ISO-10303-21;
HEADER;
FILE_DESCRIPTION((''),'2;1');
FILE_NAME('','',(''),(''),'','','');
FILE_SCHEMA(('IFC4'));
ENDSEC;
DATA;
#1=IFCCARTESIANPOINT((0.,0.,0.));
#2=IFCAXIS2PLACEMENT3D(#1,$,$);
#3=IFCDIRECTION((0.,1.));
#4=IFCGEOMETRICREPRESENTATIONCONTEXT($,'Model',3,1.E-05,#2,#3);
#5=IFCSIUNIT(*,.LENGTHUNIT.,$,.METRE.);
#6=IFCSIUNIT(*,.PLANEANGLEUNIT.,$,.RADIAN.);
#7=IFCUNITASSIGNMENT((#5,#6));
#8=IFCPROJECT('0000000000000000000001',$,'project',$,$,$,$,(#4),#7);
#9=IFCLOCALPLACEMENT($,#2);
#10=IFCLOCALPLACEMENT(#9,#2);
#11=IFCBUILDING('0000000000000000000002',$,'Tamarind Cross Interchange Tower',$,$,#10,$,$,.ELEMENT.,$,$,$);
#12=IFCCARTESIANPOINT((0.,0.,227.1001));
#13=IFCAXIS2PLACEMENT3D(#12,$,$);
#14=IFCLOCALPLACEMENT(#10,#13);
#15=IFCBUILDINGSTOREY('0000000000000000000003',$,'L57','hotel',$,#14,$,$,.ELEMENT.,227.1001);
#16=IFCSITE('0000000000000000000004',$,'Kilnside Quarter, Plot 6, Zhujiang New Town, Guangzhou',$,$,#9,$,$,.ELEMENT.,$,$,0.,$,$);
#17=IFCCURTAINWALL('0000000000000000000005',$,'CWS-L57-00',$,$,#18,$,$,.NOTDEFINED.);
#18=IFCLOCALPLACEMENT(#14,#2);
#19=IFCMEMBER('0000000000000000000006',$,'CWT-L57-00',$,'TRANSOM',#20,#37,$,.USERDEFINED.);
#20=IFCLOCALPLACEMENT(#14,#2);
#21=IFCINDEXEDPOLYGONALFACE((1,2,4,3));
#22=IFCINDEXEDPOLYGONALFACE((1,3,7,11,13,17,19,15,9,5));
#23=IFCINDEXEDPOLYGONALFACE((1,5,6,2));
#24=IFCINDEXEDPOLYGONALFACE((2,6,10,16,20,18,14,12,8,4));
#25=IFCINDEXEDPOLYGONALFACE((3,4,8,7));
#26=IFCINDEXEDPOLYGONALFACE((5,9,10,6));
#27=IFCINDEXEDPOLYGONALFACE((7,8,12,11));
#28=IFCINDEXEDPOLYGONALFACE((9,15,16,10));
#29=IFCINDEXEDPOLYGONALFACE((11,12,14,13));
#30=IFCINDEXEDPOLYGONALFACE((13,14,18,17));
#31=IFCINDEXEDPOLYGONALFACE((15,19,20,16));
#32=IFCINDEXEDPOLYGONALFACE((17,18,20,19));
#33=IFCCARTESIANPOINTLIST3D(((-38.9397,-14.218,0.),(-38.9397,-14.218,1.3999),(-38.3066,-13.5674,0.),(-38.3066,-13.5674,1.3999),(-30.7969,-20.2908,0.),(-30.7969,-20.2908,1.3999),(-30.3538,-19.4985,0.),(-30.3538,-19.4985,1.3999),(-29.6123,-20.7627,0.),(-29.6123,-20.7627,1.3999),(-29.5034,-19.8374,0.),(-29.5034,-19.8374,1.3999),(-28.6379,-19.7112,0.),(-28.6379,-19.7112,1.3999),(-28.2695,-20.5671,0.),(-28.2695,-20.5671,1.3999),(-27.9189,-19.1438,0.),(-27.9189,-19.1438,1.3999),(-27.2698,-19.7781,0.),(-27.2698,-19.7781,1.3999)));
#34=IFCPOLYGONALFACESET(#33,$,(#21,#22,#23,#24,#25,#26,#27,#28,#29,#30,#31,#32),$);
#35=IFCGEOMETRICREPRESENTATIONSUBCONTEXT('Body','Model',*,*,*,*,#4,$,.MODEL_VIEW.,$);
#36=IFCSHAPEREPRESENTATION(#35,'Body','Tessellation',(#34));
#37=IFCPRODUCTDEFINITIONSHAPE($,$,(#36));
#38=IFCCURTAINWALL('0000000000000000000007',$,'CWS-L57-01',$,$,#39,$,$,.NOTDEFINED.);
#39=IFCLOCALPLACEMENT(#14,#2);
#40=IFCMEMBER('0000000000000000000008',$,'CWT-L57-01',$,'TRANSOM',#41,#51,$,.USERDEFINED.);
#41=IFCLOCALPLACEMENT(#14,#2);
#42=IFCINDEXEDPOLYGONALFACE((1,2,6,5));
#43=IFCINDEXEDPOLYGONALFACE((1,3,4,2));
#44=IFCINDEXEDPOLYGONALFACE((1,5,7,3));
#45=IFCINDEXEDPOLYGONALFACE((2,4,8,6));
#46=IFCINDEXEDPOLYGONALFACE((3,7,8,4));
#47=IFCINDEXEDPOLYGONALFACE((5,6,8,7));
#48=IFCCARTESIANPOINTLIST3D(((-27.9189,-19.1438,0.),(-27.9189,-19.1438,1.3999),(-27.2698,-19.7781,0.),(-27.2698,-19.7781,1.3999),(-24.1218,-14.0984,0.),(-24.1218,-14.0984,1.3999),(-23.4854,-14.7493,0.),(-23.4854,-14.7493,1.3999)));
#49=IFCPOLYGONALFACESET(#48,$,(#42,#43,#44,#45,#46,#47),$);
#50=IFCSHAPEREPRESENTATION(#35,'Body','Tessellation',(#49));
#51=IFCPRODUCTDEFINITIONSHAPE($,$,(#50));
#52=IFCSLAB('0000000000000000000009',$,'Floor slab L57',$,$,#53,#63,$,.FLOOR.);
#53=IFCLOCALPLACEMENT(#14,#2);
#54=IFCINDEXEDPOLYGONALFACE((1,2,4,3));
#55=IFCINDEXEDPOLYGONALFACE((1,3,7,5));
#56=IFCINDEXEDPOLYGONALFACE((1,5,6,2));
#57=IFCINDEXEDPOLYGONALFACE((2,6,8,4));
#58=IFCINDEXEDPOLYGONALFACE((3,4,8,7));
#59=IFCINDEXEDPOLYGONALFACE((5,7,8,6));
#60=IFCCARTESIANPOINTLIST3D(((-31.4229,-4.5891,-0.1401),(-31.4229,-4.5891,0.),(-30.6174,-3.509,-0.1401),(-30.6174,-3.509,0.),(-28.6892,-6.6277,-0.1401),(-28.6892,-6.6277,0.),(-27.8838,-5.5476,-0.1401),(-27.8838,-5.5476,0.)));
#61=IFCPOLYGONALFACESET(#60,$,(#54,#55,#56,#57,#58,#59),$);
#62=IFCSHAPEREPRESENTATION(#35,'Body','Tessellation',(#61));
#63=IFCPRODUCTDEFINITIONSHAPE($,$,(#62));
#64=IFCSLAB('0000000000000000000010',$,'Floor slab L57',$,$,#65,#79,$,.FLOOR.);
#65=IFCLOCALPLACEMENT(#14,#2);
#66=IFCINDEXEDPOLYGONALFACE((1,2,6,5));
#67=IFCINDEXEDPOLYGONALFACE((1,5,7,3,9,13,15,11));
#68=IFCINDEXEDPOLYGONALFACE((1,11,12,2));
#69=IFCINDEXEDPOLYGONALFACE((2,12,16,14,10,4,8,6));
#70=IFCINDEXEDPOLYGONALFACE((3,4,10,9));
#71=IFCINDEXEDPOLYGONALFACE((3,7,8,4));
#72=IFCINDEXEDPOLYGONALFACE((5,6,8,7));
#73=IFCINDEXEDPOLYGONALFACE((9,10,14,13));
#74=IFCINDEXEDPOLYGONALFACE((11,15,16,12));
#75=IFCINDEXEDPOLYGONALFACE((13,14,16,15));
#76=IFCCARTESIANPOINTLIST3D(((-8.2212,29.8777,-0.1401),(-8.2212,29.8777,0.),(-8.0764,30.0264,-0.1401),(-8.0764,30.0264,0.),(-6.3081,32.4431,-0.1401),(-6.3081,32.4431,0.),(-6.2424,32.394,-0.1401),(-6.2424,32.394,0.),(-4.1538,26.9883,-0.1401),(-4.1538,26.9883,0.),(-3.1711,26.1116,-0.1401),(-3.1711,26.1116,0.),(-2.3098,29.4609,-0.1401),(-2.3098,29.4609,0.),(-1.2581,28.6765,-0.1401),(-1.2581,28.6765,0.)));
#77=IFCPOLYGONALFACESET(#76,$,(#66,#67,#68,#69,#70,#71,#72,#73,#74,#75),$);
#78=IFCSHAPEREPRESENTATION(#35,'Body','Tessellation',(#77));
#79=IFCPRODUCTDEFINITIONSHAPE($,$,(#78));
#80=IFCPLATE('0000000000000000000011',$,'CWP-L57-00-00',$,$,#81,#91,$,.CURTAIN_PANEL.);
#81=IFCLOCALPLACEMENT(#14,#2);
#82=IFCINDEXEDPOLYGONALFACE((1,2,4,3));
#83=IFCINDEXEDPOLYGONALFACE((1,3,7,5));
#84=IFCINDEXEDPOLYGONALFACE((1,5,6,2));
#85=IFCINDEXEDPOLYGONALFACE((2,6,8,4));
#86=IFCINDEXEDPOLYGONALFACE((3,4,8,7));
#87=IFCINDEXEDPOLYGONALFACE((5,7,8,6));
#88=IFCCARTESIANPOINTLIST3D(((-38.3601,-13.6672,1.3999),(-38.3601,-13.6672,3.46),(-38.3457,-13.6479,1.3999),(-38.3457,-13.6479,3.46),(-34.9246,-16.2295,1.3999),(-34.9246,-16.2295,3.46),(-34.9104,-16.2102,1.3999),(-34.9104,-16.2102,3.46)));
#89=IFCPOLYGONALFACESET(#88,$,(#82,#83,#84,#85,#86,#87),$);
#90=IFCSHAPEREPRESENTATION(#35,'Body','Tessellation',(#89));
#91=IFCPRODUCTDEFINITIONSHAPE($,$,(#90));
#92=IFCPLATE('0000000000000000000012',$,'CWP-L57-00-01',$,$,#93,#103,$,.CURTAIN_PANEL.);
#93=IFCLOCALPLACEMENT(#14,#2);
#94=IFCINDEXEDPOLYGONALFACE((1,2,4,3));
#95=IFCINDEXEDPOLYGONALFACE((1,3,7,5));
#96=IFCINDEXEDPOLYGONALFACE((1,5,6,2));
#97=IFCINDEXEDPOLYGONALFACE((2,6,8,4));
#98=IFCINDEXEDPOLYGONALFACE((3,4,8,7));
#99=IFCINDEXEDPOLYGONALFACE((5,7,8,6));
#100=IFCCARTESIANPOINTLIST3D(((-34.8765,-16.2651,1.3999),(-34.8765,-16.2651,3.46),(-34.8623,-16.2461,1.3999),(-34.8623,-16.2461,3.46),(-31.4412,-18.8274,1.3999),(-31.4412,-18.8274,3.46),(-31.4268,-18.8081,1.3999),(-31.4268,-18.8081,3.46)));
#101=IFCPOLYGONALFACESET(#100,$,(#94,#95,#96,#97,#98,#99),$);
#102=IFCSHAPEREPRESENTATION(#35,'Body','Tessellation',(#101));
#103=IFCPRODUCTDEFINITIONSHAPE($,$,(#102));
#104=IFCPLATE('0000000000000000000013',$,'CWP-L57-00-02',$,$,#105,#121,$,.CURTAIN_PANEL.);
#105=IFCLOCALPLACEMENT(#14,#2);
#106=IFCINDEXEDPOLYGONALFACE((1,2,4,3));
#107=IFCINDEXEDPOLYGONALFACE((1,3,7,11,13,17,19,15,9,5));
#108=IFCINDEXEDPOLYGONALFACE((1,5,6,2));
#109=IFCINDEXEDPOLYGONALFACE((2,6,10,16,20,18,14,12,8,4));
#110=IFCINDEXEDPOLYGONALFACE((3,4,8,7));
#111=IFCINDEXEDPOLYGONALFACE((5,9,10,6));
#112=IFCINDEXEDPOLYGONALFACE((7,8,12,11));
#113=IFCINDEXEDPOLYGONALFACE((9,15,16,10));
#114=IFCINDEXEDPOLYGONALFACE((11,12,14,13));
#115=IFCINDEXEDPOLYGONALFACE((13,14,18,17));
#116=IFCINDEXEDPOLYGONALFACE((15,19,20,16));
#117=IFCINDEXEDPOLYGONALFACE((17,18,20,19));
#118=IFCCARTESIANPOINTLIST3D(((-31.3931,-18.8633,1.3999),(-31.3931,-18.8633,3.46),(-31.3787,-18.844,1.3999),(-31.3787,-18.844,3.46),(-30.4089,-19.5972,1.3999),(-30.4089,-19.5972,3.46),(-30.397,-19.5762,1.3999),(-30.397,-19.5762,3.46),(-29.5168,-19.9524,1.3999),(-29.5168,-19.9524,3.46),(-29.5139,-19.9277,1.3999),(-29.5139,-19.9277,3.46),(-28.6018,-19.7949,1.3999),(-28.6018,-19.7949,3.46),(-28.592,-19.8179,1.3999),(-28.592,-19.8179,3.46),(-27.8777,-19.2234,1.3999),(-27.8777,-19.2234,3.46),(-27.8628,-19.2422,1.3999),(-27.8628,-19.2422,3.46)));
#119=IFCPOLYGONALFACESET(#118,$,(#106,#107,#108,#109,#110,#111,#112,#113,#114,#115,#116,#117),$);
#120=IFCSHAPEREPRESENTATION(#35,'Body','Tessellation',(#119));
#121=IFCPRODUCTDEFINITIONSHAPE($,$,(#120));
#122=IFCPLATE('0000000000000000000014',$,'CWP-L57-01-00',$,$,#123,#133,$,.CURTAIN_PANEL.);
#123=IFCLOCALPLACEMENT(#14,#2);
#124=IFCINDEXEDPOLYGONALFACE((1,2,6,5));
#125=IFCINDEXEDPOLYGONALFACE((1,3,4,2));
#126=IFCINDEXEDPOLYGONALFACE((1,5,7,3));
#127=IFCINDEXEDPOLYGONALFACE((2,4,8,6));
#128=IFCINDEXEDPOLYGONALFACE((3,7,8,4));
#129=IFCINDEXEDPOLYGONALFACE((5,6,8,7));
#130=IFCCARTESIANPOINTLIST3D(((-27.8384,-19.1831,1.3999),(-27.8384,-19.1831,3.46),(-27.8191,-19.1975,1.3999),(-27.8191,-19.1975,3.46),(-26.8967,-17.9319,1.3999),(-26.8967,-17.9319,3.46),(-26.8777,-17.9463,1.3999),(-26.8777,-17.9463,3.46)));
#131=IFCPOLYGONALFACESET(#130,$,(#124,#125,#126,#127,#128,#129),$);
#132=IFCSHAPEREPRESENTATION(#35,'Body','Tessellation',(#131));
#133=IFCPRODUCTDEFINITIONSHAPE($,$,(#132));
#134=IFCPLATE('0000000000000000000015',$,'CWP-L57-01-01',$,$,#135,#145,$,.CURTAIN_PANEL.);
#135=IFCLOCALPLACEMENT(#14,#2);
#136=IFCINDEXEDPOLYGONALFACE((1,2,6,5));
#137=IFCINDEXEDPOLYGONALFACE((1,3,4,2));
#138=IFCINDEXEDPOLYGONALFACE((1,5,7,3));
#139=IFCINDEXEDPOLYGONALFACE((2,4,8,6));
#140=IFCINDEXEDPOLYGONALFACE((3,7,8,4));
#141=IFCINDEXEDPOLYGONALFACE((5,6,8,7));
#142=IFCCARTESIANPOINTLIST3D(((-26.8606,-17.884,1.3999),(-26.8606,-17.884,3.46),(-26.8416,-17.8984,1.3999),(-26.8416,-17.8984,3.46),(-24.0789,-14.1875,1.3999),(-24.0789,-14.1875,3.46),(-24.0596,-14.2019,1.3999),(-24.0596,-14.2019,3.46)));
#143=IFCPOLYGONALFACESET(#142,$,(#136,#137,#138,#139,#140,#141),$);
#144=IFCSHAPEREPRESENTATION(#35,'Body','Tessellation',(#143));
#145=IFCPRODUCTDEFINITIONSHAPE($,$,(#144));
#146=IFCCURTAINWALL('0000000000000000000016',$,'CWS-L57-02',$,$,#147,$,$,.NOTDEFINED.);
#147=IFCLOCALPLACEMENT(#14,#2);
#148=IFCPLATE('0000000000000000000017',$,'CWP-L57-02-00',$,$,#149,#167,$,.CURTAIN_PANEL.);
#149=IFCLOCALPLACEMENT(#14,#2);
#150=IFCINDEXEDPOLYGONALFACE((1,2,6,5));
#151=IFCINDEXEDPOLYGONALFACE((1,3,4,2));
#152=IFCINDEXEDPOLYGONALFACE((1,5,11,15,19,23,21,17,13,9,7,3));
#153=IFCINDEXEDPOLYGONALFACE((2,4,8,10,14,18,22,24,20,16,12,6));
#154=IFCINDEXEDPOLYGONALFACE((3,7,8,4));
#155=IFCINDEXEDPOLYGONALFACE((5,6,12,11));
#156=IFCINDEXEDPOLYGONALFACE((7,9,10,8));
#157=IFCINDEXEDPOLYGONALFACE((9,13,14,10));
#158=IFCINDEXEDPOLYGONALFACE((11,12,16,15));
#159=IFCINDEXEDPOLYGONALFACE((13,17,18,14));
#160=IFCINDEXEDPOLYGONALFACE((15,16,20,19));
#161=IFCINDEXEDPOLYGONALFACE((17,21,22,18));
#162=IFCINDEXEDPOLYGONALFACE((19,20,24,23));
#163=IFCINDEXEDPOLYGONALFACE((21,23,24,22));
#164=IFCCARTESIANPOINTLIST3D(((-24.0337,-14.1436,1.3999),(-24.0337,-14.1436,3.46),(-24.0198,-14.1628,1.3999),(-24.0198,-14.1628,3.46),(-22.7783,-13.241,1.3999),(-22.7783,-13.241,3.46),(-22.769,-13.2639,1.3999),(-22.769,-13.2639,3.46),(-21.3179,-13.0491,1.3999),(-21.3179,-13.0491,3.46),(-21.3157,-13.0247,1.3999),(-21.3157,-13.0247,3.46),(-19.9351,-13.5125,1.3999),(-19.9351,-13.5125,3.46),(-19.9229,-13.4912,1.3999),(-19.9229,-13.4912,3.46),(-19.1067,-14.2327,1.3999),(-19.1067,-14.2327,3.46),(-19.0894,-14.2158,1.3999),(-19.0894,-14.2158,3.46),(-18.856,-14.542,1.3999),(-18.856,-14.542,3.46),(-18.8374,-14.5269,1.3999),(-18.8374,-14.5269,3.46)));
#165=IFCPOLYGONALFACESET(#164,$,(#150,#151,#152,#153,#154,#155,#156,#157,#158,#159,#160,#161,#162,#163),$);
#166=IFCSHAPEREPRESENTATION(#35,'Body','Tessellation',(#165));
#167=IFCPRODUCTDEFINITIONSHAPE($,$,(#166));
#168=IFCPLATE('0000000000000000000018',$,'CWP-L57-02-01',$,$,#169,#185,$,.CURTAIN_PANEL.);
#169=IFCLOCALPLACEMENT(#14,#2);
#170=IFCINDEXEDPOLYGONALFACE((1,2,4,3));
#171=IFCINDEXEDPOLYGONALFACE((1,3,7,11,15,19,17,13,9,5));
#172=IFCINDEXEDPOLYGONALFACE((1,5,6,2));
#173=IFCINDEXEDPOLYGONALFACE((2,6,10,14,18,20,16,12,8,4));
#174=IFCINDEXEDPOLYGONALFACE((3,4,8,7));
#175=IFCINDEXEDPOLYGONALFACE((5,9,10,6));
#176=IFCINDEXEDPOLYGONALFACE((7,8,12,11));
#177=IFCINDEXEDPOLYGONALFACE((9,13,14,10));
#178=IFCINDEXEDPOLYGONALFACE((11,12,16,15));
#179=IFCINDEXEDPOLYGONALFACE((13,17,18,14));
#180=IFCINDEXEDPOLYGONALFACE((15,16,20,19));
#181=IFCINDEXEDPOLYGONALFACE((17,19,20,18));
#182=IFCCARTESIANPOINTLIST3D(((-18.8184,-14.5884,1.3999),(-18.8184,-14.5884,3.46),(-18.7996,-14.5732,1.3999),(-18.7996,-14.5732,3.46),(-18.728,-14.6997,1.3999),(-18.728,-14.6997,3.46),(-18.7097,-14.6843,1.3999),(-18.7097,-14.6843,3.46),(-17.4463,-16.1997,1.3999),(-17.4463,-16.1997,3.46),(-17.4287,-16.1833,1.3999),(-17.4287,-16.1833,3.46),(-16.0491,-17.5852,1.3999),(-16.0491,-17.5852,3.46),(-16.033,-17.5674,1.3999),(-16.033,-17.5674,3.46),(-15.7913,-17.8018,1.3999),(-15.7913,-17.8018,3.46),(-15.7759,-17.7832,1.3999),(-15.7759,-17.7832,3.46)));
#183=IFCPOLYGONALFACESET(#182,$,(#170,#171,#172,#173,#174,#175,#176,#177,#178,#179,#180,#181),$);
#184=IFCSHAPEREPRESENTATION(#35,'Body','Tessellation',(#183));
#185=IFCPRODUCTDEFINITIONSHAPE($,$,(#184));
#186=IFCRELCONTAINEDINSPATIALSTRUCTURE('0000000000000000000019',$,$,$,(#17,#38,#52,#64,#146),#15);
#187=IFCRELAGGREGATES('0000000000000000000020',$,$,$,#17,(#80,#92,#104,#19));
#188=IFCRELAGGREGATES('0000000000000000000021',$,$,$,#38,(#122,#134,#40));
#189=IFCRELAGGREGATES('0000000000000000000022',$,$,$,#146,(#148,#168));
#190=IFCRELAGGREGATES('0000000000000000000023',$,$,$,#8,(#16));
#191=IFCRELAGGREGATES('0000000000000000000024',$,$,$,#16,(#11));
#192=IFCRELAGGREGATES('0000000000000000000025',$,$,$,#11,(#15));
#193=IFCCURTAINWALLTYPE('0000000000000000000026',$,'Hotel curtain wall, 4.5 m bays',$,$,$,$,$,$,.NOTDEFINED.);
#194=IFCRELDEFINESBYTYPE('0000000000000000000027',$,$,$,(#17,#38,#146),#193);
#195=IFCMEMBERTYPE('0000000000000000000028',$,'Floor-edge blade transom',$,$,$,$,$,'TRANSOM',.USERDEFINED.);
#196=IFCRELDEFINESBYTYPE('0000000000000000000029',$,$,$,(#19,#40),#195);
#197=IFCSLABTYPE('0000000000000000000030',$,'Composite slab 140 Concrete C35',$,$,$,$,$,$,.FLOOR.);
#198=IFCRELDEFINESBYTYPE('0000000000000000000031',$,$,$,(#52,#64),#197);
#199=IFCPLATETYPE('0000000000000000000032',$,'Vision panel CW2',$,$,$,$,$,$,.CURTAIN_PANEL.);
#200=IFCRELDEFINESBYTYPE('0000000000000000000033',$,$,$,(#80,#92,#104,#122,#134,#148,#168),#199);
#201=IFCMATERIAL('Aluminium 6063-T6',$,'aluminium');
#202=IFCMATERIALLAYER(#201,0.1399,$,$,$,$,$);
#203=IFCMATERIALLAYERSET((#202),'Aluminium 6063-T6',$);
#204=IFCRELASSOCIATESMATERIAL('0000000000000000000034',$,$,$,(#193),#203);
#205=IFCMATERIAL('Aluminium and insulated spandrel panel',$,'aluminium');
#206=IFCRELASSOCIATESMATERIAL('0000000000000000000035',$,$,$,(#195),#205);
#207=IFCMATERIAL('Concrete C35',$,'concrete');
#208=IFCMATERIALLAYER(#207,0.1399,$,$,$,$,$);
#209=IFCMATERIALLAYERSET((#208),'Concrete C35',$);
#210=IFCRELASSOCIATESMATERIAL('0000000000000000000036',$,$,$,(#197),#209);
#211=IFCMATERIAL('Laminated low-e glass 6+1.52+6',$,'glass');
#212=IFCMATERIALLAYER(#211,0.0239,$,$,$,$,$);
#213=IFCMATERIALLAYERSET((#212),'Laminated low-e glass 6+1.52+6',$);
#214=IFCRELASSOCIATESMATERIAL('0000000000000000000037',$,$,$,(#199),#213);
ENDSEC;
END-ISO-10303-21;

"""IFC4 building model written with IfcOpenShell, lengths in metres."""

from ifc_helpers import new_model, si_unit, direction, frame, origin, place, context, subcontext, project, spatial, polyline, outline, extrude, material, layer, layer_set, type_object, element, aggregate, save


model = new_model("IFC4")

# Units and contexts
model_context = context("Model", 3, precision=1e-05, world=origin(), true_north=direction((0.0, 1.0)))
body_context = subcontext(model_context, "Body", "Model", "MODEL_VIEW")
ifc_project = project(units=[si_unit("LENGTHUNIT", "METRE"), si_unit("PLANEANGLEUNIT", "RADIAN")], contexts=[model_context])

# Site, building, storey
site_placement = place(None, origin())
site = spatial("IfcSite", under=ifc_project, at=site_placement, Name="Kilnside Quarter, Plot 6, Zhujiang New Town, Guangzhou", CompositionType="ELEMENT", RefElevation=0.0)
building_placement = place(site_placement, origin())
building = spatial("IfcBuilding", under=site, at=building_placement, Name="Tamarind Cross Interchange Tower", CompositionType="ELEMENT")
storey_placement = place(building_placement, frame((0.0, 0.0, 227.1001)))
storey = spatial("IfcBuildingStorey", under=building, at=storey_placement, Name="L57", Description="hotel", CompositionType="ELEMENT", Elevation=227.1001)

# Curtain walls, members
ifc_material_1 = material(Name="Aluminium 6063-T6", Category="aluminium")
ifc_layer_1 = layer(ifc_material_1, 0.1399)
ifc_layer_set_1 = layer_set([ifc_layer_1], Name="Aluminium 6063-T6")
curtain_wall_type = type_object("IfcCurtainWallType", Name="Hotel curtain wall, 4.5 m bays", PredefinedType="NOTDEFINED", material=ifc_layer_set_1)
curtain_wall_1_placement = place(storey_placement, origin())
curtain_wall_1 = element("IfcCurtainWall", 1, at=curtain_wall_1_placement, inside=storey, type_object=curtain_wall_type, Name="CWS-L57-00", PredefinedType="NOTDEFINED")
ifc_material_2 = material(Name="Aluminium and insulated spandrel panel", Category="aluminium")
member_type = type_object("IfcMemberType", Name="Floor-edge blade transom", ElementType="TRANSOM", PredefinedType="USERDEFINED", material=ifc_material_2)
member_1_placement = place(storey_placement, origin())
member_1 = element("IfcMember", 2, at=member_1_placement, type_object=member_type, Name="CWT-L57-00", ObjectType="TRANSOM", PredefinedType="USERDEFINED", context=body_context, shape_type="SweptSolid", body=[
    extrude(outline(polyline([(-38.3066, -13.5674), (-30.3538, -19.4985), (-29.5034, -19.8374), (-28.6379, -19.7112), (-27.9189, -19.1438), (-27.2698, -19.7781), (-28.2695, -20.5671), (-29.6123, -20.7627), (-30.7969, -20.2908), (-38.9397, -14.218), (-38.3066, -13.5674)])), origin(), (0.0, 0.0, 1.0), 1.3999),
])
curtain_wall_2_placement = place(storey_placement, origin())
curtain_wall_2 = element("IfcCurtainWall", 3, at=curtain_wall_2_placement, inside=storey, type_object=curtain_wall_type, Name="CWS-L57-01", PredefinedType="NOTDEFINED")
member_2_placement = place(storey_placement, origin())
member_2 = element("IfcMember", 4, at=member_2_placement, type_object=member_type, Name="CWT-L57-01", ObjectType="TRANSOM", PredefinedType="USERDEFINED", context=body_context, shape_type="SweptSolid", body=[
    extrude(outline(polyline([(-27.9189, -19.1438), (-24.1218, -14.0984), (-23.4854, -14.7493), (-27.2698, -19.7781), (-27.9189, -19.1438)])), origin(), (0.0, 0.0, 1.0), 1.3999),
])

# Slabs
ifc_material_3 = material(Name="Concrete C35", Category="concrete")
ifc_layer_2 = layer(ifc_material_3, 0.1399)
ifc_layer_set_2 = layer_set([ifc_layer_2], Name="Concrete C35")
slab_type = type_object("IfcSlabType", Name="Composite slab 140 Concrete C35", PredefinedType="FLOOR", material=ifc_layer_set_2)
slab_1_placement = place(storey_placement, frame((0.0, 0.0, -0.1401)))
element("IfcSlab", 5, at=slab_1_placement, inside=storey, type_object=slab_type, Name="Floor slab L57", PredefinedType="FLOOR", context=body_context, shape_type="SweptSolid", body=[
    extrude(outline(polyline([(-27.8838, -5.5476), (-30.6174, -3.509), (-31.4229, -4.5891), (-28.6892, -6.6277), (-27.8838, -5.5476)])), origin(), (0.0, 0.0, 1.0), 0.1401),
])
slab_2_placement = place(storey_placement, frame((0.0, 0.0, -0.1401)))
element("IfcSlab", 6, at=slab_2_placement, inside=storey, type_object=slab_type, Name="Floor slab L57", PredefinedType="FLOOR", context=body_context, shape_type="SweptSolid", body=[
    extrude(outline(polyline([(-6.3081, 32.4431), (-8.2212, 29.8777), (-3.1711, 26.1116), (-1.2581, 28.6765), (-2.3098, 29.4609), (-4.1538, 26.9883), (-8.0764, 30.0264), (-6.2424, 32.394), (-6.3081, 32.4431)])), origin(), (0.0, 0.0, 1.0), 0.1401),
])

# Plates
ifc_material_4 = material(Name="Laminated low-e glass 6+1.52+6", Category="glass")
ifc_layer_3 = layer(ifc_material_4, 0.0239)
ifc_layer_set_3 = layer_set([ifc_layer_3], Name="Laminated low-e glass 6+1.52+6")
plate_type = type_object("IfcPlateType", Name="Vision panel CW2", PredefinedType="CURTAIN_PANEL", material=ifc_layer_set_3)
plate_1_placement = place(storey_placement, frame((0.0, 0.0, 1.3999)))
plate_1 = element("IfcPlate", 7, at=plate_1_placement, type_object=plate_type, Name="CWP-L57-00-00", PredefinedType="CURTAIN_PANEL", context=body_context, shape_type="SweptSolid", body=[
    extrude(outline(polyline([(-38.3457, -13.6479), (-34.9104, -16.2102), (-34.9246, -16.2295), (-38.3601, -13.6672), (-38.3457, -13.6479)])), origin(), (0.0, 0.0, 1.0), 2.0601),
])
plate_2_placement = place(storey_placement, frame((0.0, 0.0, 1.3999)))
plate_2 = element("IfcPlate", 8, at=plate_2_placement, type_object=plate_type, Name="CWP-L57-00-01", PredefinedType="CURTAIN_PANEL", context=body_context, shape_type="SweptSolid", body=[
    extrude(outline(polyline([(-34.8623, -16.2461), (-31.4268, -18.8081), (-31.4412, -18.8274), (-34.8765, -16.2651), (-34.8623, -16.2461)])), origin(), (0.0, 0.0, 1.0), 2.0601),
])
plate_3_placement = place(storey_placement, frame((0.0, 0.0, 1.3999)))
plate_3 = element("IfcPlate", 9, at=plate_3_placement, type_object=plate_type, Name="CWP-L57-00-02", PredefinedType="CURTAIN_PANEL", context=body_context, shape_type="SweptSolid", body=[
    extrude(outline(polyline([(-31.3787, -18.844), (-30.397, -19.5762), (-29.5139, -19.9277), (-28.6018, -19.7949), (-27.8777, -19.2234), (-27.8628, -19.2422), (-28.592, -19.8179), (-29.5168, -19.9524), (-30.4089, -19.5972), (-31.3931, -18.8633), (-31.3787, -18.844)])), origin(), (0.0, 0.0, 1.0), 2.0601),
])
aggregate(curtain_wall_1, [plate_1, plate_2, plate_3, member_1])
plate_4_placement = place(storey_placement, frame((0.0, 0.0, 1.3999)))
plate_4 = element("IfcPlate", 10, at=plate_4_placement, type_object=plate_type, Name="CWP-L57-01-00", PredefinedType="CURTAIN_PANEL", context=body_context, shape_type="SweptSolid", body=[
    extrude(outline(polyline([(-27.8384, -19.1831), (-26.8967, -17.9319), (-26.8777, -17.9463), (-27.8191, -19.1975), (-27.8384, -19.1831)])), origin(), (0.0, 0.0, 1.0), 2.0601),
])
plate_5_placement = place(storey_placement, frame((0.0, 0.0, 1.3999)))
plate_5 = element("IfcPlate", 11, at=plate_5_placement, type_object=plate_type, Name="CWP-L57-01-01", PredefinedType="CURTAIN_PANEL", context=body_context, shape_type="SweptSolid", body=[
    extrude(outline(polyline([(-26.8606, -17.884), (-24.0789, -14.1875), (-24.0596, -14.2019), (-26.8416, -17.8984), (-26.8606, -17.884)])), origin(), (0.0, 0.0, 1.0), 2.0601),
])
aggregate(curtain_wall_2, [plate_4, plate_5, member_2])

# Curtain wall, plates
curtain_wall_3_placement = place(storey_placement, origin())
curtain_wall_3 = element("IfcCurtainWall", 12, at=curtain_wall_3_placement, inside=storey, type_object=curtain_wall_type, Name="CWS-L57-02", PredefinedType="NOTDEFINED")
plate_6_placement = place(storey_placement, frame((0.0, 0.0, 1.3999)))
plate_6 = element("IfcPlate", 13, at=plate_6_placement, type_object=plate_type, Name="CWP-L57-02-00", PredefinedType="CURTAIN_PANEL", context=body_context, shape_type="SweptSolid", body=[
    extrude(outline(polyline([(-24.0337, -14.1436), (-22.7783, -13.241), (-21.3157, -13.0247), (-19.9229, -13.4912), (-19.0894, -14.2158), (-18.8374, -14.5269), (-18.856, -14.542), (-19.1067, -14.2327), (-19.9351, -13.5125), (-21.3179, -13.0491), (-22.769, -13.2639), (-24.0198, -14.1628), (-24.0337, -14.1436)])), origin(), (0.0, 0.0, 1.0), 2.0601),
])
plate_7_placement = place(storey_placement, frame((0.0, 0.0, 1.3999)))
plate_7 = element("IfcPlate", 14, at=plate_7_placement, type_object=plate_type, Name="CWP-L57-02-01", PredefinedType="CURTAIN_PANEL", context=body_context, shape_type="SweptSolid", body=[
    extrude(outline(polyline([(-18.7996, -14.5732), (-18.7097, -14.6843), (-17.4287, -16.1833), (-16.033, -17.5674), (-15.7759, -17.7832), (-15.7913, -17.8018), (-16.0491, -17.5852), (-17.4463, -16.1997), (-18.728, -14.6997), (-18.8184, -14.5884), (-18.7996, -14.5732)])), origin(), (0.0, 0.0, 1.0), 2.0601),
])
aggregate(curtain_wall_3, [plate_6, plate_7])

save(model, "model.ifc")
